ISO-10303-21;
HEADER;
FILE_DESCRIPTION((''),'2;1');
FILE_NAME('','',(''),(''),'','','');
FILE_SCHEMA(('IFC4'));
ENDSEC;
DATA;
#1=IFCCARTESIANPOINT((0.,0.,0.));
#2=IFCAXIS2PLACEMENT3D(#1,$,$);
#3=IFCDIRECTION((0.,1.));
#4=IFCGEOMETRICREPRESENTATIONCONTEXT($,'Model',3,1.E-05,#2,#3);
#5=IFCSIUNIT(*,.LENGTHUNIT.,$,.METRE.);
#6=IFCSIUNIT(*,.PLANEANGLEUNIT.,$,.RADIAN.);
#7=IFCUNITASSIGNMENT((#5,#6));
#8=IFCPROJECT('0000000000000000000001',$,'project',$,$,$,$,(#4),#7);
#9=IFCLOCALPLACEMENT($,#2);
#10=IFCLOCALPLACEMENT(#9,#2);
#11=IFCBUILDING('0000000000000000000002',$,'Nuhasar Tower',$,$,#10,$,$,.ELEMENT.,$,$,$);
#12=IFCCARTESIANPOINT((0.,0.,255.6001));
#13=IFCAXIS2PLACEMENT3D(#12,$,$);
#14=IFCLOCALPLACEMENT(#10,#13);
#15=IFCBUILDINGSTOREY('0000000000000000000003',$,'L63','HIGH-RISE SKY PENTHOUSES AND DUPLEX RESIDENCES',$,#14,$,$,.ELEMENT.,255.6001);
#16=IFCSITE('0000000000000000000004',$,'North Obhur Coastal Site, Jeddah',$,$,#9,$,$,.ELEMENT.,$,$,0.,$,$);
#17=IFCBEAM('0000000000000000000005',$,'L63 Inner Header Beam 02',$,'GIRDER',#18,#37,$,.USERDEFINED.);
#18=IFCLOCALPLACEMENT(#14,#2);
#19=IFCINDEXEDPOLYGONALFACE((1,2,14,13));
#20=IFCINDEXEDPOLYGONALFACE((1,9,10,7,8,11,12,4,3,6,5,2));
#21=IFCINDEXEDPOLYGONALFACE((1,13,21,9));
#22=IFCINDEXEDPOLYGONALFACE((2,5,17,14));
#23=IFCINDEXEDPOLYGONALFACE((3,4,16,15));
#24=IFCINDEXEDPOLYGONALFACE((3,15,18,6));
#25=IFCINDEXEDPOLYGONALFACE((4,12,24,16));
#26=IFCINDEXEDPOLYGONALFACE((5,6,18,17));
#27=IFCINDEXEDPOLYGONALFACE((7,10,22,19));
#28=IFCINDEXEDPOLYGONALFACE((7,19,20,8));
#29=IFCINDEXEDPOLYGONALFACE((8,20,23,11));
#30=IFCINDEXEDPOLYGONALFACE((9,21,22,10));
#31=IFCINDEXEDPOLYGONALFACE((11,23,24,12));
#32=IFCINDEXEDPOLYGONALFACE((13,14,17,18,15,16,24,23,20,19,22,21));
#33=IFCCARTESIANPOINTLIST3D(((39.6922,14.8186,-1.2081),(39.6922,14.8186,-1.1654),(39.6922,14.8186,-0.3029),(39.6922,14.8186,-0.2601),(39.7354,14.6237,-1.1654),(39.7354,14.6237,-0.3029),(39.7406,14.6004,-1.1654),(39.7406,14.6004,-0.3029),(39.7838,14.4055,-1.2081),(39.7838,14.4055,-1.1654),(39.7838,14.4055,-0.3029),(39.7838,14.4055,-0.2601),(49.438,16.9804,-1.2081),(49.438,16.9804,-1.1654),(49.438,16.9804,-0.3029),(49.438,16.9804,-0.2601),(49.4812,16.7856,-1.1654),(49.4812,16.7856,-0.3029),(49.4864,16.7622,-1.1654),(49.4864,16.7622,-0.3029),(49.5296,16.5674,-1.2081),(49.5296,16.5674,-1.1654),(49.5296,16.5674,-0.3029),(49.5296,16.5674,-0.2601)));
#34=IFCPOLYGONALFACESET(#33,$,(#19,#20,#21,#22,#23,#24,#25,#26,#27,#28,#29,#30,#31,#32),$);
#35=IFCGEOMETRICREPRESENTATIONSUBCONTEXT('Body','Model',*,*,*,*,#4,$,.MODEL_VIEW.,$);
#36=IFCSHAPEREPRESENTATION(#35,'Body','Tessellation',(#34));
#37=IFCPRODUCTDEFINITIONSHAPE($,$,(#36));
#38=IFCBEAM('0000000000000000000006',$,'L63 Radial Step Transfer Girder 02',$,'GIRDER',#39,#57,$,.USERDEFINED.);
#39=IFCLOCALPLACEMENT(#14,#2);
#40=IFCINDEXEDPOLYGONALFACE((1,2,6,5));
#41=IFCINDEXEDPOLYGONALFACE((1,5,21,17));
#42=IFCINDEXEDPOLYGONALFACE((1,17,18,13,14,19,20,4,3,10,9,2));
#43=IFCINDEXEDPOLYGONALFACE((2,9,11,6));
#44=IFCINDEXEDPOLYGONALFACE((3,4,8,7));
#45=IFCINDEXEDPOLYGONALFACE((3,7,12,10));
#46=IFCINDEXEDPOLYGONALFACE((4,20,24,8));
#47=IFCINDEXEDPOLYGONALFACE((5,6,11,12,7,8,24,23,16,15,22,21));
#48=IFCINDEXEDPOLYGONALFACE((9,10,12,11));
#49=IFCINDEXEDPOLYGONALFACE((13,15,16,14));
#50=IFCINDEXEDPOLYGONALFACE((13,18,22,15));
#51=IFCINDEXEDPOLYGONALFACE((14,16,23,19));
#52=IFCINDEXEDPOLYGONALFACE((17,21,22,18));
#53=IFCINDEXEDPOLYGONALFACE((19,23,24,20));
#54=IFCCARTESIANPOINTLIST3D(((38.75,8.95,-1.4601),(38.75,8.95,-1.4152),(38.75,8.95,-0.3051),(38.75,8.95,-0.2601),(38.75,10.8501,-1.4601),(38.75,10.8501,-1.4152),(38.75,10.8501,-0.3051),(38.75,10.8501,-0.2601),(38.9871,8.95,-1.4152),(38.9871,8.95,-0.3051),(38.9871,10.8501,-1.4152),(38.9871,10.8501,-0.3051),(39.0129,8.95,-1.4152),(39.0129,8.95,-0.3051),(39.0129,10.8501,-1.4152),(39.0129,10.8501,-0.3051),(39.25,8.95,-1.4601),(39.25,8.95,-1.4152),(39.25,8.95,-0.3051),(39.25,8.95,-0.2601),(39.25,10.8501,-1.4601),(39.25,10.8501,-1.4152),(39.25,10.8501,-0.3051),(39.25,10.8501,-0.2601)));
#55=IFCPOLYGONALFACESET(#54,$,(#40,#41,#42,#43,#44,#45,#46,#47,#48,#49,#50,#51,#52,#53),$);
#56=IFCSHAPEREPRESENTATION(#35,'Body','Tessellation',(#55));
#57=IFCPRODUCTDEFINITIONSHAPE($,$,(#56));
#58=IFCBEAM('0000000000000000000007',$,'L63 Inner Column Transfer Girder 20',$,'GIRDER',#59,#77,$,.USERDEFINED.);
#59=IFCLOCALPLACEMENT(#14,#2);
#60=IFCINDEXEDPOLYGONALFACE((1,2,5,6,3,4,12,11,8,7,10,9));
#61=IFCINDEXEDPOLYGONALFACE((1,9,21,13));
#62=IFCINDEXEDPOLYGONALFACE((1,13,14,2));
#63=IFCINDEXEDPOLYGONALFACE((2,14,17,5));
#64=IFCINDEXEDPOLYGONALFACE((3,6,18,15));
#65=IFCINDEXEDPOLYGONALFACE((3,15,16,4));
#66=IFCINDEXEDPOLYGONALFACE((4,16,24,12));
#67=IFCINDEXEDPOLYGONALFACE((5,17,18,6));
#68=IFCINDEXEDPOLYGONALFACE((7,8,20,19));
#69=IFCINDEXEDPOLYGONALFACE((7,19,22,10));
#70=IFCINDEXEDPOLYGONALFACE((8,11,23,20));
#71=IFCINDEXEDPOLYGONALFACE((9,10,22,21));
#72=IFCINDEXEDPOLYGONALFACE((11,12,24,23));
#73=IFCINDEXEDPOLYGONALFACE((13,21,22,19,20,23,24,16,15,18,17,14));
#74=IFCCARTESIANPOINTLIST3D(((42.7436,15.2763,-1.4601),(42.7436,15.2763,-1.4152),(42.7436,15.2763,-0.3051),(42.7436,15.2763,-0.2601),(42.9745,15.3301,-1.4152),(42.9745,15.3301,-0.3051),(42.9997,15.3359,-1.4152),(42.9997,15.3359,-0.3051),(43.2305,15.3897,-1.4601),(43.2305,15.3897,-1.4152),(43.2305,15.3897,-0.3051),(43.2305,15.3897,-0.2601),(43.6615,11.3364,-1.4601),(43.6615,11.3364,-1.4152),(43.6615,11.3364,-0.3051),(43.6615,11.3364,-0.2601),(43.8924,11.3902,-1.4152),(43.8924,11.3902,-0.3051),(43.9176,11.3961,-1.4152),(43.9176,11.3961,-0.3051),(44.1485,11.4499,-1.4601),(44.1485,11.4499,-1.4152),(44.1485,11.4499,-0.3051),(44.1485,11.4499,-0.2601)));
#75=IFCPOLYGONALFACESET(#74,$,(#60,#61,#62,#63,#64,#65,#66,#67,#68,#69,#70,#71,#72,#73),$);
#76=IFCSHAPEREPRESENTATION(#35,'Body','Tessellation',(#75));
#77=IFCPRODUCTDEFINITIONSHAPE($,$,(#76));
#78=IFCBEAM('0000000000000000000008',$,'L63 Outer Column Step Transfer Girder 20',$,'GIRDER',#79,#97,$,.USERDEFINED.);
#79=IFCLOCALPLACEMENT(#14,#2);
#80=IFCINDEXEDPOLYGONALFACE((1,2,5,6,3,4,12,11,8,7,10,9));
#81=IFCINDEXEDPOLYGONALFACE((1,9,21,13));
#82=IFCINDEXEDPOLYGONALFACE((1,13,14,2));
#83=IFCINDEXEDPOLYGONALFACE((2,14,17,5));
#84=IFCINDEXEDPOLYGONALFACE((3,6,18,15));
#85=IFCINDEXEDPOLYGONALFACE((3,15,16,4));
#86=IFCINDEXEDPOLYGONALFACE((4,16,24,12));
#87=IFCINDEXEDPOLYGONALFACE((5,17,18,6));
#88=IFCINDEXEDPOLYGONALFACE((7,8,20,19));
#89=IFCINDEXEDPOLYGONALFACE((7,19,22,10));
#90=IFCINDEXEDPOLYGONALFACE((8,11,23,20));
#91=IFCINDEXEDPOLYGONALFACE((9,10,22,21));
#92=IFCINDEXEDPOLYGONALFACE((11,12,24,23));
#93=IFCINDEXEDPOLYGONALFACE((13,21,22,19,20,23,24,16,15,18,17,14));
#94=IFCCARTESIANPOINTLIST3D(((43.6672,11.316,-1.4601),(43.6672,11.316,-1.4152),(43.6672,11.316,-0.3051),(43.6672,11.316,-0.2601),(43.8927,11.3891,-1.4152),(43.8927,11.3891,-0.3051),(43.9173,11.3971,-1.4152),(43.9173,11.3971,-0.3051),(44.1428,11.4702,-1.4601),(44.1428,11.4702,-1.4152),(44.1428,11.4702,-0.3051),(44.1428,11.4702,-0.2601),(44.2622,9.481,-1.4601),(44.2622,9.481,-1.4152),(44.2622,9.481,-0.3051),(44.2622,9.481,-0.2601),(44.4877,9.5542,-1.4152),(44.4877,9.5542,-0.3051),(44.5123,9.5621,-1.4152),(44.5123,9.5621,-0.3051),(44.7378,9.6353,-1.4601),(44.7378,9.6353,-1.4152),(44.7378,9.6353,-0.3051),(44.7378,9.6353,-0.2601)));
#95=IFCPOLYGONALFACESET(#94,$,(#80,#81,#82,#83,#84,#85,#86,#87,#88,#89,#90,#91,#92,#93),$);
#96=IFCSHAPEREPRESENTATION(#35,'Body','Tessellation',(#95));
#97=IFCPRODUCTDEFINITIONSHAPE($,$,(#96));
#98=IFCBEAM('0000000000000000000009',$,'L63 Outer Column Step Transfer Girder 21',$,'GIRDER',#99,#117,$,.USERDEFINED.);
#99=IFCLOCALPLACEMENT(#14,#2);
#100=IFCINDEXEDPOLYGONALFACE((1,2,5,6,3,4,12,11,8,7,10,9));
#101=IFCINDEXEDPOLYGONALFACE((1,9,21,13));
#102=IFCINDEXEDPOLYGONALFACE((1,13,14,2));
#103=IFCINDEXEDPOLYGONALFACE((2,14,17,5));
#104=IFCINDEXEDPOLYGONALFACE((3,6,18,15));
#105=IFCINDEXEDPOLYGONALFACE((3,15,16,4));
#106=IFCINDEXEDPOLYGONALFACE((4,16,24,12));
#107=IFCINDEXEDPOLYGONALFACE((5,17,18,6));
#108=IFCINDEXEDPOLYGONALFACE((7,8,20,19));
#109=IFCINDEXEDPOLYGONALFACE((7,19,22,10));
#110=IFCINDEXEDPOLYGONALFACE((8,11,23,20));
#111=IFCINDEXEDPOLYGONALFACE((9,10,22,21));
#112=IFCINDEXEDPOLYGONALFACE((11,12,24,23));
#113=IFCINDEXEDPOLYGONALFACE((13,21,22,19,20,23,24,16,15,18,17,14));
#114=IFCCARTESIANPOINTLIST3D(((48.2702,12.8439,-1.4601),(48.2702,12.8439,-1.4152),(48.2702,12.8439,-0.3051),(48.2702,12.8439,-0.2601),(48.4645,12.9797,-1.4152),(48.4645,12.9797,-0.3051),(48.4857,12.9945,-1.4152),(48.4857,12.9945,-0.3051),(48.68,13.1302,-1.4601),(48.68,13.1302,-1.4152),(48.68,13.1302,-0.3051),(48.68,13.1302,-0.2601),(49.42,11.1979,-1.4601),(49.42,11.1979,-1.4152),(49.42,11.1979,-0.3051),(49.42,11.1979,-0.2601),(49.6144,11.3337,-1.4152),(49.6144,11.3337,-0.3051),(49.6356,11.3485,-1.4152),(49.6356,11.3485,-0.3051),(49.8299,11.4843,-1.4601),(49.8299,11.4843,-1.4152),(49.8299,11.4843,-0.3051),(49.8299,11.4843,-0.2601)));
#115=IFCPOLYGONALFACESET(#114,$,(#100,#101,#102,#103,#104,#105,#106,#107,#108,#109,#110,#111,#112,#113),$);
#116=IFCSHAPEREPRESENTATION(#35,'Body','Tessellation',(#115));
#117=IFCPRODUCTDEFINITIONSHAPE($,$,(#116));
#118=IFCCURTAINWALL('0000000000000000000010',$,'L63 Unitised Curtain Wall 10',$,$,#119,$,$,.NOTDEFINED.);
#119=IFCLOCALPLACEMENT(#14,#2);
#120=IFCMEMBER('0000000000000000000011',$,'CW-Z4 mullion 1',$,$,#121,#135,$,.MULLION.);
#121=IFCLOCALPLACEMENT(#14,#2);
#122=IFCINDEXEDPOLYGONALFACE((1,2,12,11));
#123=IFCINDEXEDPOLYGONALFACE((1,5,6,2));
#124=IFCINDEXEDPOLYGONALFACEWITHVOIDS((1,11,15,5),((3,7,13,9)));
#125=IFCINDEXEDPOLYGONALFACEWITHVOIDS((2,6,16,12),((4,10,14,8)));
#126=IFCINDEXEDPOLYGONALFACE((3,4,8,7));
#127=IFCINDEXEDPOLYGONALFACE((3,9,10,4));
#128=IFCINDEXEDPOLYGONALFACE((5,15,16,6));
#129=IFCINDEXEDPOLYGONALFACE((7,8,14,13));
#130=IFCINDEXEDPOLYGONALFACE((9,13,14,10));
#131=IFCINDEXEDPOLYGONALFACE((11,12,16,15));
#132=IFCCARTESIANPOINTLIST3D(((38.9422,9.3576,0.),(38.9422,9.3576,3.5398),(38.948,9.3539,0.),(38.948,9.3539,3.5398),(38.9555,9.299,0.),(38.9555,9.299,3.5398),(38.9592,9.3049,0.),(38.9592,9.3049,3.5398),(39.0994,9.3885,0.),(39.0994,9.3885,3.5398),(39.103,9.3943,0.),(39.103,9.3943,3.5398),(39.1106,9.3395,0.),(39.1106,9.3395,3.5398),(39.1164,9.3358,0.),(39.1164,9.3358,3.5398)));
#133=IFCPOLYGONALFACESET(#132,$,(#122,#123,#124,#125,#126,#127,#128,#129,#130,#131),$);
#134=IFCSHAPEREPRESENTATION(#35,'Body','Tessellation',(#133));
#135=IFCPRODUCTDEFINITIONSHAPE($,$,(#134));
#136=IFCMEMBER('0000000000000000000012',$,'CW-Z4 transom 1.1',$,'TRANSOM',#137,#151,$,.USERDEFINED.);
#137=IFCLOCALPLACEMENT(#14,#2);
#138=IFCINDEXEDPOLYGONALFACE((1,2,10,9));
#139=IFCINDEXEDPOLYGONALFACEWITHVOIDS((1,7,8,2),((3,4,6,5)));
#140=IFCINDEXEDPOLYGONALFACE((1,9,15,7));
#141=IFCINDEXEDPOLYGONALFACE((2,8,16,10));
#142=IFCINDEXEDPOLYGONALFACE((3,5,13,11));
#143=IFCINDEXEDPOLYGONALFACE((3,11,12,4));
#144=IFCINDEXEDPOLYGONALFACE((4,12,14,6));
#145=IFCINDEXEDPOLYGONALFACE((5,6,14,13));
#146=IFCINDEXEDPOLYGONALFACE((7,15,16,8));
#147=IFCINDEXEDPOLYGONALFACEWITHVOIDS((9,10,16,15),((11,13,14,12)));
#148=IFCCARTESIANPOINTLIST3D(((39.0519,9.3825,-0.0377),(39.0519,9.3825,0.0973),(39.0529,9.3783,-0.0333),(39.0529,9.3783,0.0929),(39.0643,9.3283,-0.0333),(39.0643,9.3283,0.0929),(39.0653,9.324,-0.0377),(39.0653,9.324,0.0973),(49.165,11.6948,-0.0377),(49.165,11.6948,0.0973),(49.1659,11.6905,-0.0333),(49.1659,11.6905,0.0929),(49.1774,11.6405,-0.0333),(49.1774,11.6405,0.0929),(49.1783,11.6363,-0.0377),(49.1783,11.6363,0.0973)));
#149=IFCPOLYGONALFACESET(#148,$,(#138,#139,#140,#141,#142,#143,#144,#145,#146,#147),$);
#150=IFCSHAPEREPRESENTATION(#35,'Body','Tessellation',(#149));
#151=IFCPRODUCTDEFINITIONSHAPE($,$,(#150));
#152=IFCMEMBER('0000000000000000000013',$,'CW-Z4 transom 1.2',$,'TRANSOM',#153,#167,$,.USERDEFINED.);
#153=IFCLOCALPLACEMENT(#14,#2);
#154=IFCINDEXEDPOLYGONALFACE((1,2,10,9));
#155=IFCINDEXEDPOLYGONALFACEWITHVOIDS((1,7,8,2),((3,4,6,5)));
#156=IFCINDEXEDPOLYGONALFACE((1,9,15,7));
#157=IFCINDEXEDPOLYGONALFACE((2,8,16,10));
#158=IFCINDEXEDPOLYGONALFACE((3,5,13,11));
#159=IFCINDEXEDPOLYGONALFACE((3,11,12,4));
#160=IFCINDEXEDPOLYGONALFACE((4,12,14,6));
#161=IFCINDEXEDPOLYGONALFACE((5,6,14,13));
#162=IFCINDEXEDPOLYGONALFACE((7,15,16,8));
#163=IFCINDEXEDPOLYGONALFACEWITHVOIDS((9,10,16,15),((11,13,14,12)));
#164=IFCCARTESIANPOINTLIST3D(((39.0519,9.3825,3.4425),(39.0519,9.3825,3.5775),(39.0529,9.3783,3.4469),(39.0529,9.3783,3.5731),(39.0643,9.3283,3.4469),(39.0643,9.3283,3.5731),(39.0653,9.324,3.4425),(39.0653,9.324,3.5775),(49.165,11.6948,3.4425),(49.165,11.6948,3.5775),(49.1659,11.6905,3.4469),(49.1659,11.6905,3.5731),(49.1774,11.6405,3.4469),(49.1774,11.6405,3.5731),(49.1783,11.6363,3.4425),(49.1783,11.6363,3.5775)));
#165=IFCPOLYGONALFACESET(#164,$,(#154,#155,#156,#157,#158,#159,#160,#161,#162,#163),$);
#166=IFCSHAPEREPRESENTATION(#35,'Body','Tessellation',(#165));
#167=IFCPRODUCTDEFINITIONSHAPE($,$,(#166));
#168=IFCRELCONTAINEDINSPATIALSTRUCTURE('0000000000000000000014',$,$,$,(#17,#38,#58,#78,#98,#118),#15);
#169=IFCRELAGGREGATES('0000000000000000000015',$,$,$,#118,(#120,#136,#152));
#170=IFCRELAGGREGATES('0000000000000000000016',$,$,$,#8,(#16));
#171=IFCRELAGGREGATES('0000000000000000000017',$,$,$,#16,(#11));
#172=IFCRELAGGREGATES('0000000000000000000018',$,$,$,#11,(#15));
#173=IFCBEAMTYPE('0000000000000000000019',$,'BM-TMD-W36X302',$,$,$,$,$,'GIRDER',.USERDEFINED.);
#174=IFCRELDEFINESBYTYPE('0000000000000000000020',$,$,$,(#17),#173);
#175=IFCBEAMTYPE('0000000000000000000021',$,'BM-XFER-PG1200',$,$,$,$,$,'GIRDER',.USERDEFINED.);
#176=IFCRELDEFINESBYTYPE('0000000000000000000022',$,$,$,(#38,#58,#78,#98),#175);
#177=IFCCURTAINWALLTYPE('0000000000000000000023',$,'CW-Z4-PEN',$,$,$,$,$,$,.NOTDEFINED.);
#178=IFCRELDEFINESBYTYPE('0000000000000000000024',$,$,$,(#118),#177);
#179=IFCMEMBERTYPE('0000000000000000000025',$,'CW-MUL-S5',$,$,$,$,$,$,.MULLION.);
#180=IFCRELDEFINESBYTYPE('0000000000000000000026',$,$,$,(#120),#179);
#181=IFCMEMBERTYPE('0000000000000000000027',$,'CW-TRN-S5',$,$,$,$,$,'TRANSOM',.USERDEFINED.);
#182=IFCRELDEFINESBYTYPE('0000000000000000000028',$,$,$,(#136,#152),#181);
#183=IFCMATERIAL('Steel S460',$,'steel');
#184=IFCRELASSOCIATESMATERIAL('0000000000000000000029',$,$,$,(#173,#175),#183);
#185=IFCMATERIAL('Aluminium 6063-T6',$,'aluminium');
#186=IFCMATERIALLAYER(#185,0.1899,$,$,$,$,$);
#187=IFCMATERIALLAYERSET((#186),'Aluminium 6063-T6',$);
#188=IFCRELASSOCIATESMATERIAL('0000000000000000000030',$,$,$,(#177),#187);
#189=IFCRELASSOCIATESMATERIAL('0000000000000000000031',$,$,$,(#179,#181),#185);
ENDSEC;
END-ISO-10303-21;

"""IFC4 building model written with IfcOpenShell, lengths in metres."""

from ifc_helpers import new_model, si_unit, direction, frame, origin, origin_2d, place, context, subcontext, project, spatial, hollow_rectangle, i_section, extrude, material, layer, layer_set, material_profile, profile_set, type_object, element, aggregate, save


model = new_model("IFC4")

# Units and contexts
model_context = context("Model", 3, precision=1e-05, world=origin(), true_north=direction((0.0, 1.0)))
body_context = subcontext(model_context, "Body", "Model", "MODEL_VIEW")
ifc_project = project(units=[si_unit("LENGTHUNIT", "METRE"), si_unit("PLANEANGLEUNIT", "RADIAN")], contexts=[model_context])

# Site, building, storey
site_placement = place(None, origin())
site = spatial("IfcSite", under=ifc_project, at=site_placement, Name="North Obhur Coastal Site, Jeddah", CompositionType="ELEMENT", RefElevation=0.0)
building_placement = place(site_placement, origin())
building = spatial("IfcBuilding", under=site, at=building_placement, Name="Nuhasar Tower", CompositionType="ELEMENT")
storey_placement = place(building_placement, frame((0.0, 0.0, 255.6001)))
storey = spatial("IfcBuildingStorey", under=building, at=storey_placement, Name="L63", Description="HIGH-RISE SKY PENTHOUSES AND DUPLEX RESIDENCES", CompositionType="ELEMENT", Elevation=255.6001)

# Beams
ifc_material_1 = material(Name="Steel S460", Category="steel")
ifc_material_profile_1 = material_profile(ifc_material_1, i_section(OverallWidth=0.4231, OverallDepth=0.948, WebThickness=0.0239, FlangeThickness=0.0427, at=origin_2d()), Name="W36X302")
ifc_profile_set_1 = profile_set([ifc_material_profile_1], Name="Steel S460")
beam_type_1 = type_object("IfcBeamType", Name="BM-TMD-W36X302", ElementType="GIRDER", PredefinedType="USERDEFINED", material=ifc_profile_set_1)
beam_1_placement = place(storey_placement, frame((39.738, 14.6121, -0.7341), z_axis=(0.976269, 0.21656, 0.0), x_axis=(-0.21656, 0.976269, 0.0)))
element("IfcBeam", 1, at=beam_1_placement, inside=storey, type_object=beam_type_1, Name="L63 Inner Header Beam 02", ObjectType="GIRDER", PredefinedType="USERDEFINED", context=body_context, shape_type="SweptSolid", body=[
    extrude(i_section(OverallWidth=0.4231, OverallDepth=0.948, WebThickness=0.0239, FlangeThickness=0.0427, at=origin_2d()), origin(), (0.0, 0.0, 1.0), 9.9827),
])
ifc_material_profile_2 = material_profile(ifc_material_1, i_section(OverallWidth=0.5, OverallDepth=1.2, WebThickness=0.0259, FlangeThickness=0.0449, at=origin_2d()), Name="PG1200X500")
ifc_profile_set_2 = profile_set([ifc_material_profile_2], Name="Steel S460")
beam_type_2 = type_object("IfcBeamType", Name="BM-XFER-PG1200", ElementType="GIRDER", PredefinedType="USERDEFINED", material=ifc_profile_set_2)
beam_2_placement = place(storey_placement, frame((39.0, 10.8501, -0.8601), z_axis=(0.0, -1.0, 0.0), x_axis=(1.0, 0.0, 0.0)))
element("IfcBeam", 2, at=beam_2_placement, inside=storey, type_object=beam_type_2, Name="L63 Radial Step Transfer Girder 02", ObjectType="GIRDER", PredefinedType="USERDEFINED", context=body_context, shape_type="SweptSolid", body=[
    extrude(i_section(OverallWidth=0.5, OverallDepth=1.2, WebThickness=0.0259, FlangeThickness=0.0449, at=origin_2d()), origin(), (0.0, 0.0, 1.0), 1.9001),
])
beam_3_placement = place(storey_placement, frame((42.9871, 15.333, -0.8601), z_axis=(0.226913, -0.973915, 0.0), x_axis=(0.973915, 0.226913, 0.0)))
element("IfcBeam", 3, at=beam_3_placement, inside=storey, type_object=beam_type_2, Name="L63 Inner Column Transfer Girder 20", ObjectType="GIRDER", PredefinedType="USERDEFINED", context=body_context, shape_type="SweptSolid", body=[
    extrude(i_section(OverallWidth=0.5, OverallDepth=1.2, WebThickness=0.0259, FlangeThickness=0.0449, at=origin_2d()), origin(), (0.0, 0.0, 1.0), 4.0454),
])
beam_4_placement = place(storey_placement, frame((43.905, 11.3931, -0.8601), z_axis=(0.308434, -0.951246, 0.0), x_axis=(0.951246, 0.308434, 0.0)))
element("IfcBeam", 4, at=beam_4_placement, inside=storey, type_object=beam_type_2, Name="L63 Outer Column Step Transfer Girder 20", ObjectType="GIRDER", PredefinedType="USERDEFINED", context=body_context, shape_type="SweptSolid", body=[
    extrude(i_section(OverallWidth=0.5, OverallDepth=1.2, WebThickness=0.0259, FlangeThickness=0.0449, at=origin_2d()), origin(), (0.0, 0.0, 1.0), 1.929),
])
beam_5_placement = place(storey_placement, frame((48.4751, 12.9871, -0.8601), z_axis=(0.572695, -0.819769, 0.0), x_axis=(0.819769, 0.572695, 0.0)))
element("IfcBeam", 5, at=beam_5_placement, inside=storey, type_object=beam_type_2, Name="L63 Outer Column Step Transfer Girder 21", ObjectType="GIRDER", PredefinedType="USERDEFINED", context=body_context, shape_type="SweptSolid", body=[
    extrude(i_section(OverallWidth=0.5, OverallDepth=1.2, WebThickness=0.0259, FlangeThickness=0.0449, at=origin_2d()), origin(), (0.0, 0.0, 1.0), 2.0078),
])

# Curtain wall, members
ifc_material_2 = material(Name="Aluminium 6063-T6", Category="aluminium")
ifc_layer_1 = layer(ifc_material_2, 0.1899)
ifc_layer_set_1 = layer_set([ifc_layer_1], Name="Aluminium 6063-T6")
curtain_wall_type = type_object("IfcCurtainWallType", Name="CW-Z4-PEN", PredefinedType="NOTDEFINED", material=ifc_layer_set_1)
curtain_wall_placement = place(storey_placement, origin())
curtain_wall = element("IfcCurtainWall", 6, at=curtain_wall_placement, inside=storey, type_object=curtain_wall_type, Name="L63 Unitised Curtain Wall 10", PredefinedType="NOTDEFINED")
ifc_material_profile_3 = material_profile(ifc_material_2, hollow_rectangle(XDim=0.0601, YDim=0.165, WallThickness=0.0049, at=origin_2d()), Name="CWM-5")
ifc_profile_set_3 = profile_set([ifc_material_profile_3], Name="Aluminium 6063-T6")
member_type_1 = type_object("IfcMemberType", Name="CW-MUL-S5", PredefinedType="MULLION", material=ifc_profile_set_3)
member_1_placement = place(storey_placement, frame((39.0293, 9.3467, 0.0), z_axis=(0.0, 0.0, 1.0), x_axis=(-0.222889, 0.974844, 0.0)))
member_1 = element("IfcMember", 7, at=member_1_placement, type_object=member_type_1, Name="CW-Z4 mullion 1", PredefinedType="MULLION", context=body_context, shape_type="SweptSolid", body=[
    extrude(hollow_rectangle(XDim=0.0601, YDim=0.165, WallThickness=0.0049, at=origin_2d()), origin(), (0.0, 0.0, 1.0), 3.5398),
])
ifc_material_profile_4 = material_profile(ifc_material_2, hollow_rectangle(XDim=0.0601, YDim=0.135, WallThickness=0.0044, at=origin_2d()), Name="CWT-5")
ifc_profile_set_4 = profile_set([ifc_material_profile_4], Name="Aluminium 6063-T6")
member_type_2 = type_object("IfcMemberType", Name="CW-TRN-S5", ElementType="TRANSOM", PredefinedType="USERDEFINED", material=ifc_profile_set_4)
member_2_placement = place(storey_placement, frame((39.0586, 9.3533, 0.0298), z_axis=(0.974844, 0.222889, 0.0), x_axis=(-0.222889, 0.974844, 0.0)))
member_2 = element("IfcMember", 8, at=member_2_placement, type_object=member_type_2, Name="CW-Z4 transom 1.1", ObjectType="TRANSOM", PredefinedType="USERDEFINED", context=body_context, shape_type="SweptSolid", body=[
    extrude(hollow_rectangle(XDim=0.0601, YDim=0.135, WallThickness=0.0044, at=origin_2d()), origin(), (0.0, 0.0, 1.0), 10.374),
])
member_3_placement = place(storey_placement, frame((39.0586, 9.3533, 3.51), z_axis=(0.974844, 0.222889, 0.0), x_axis=(-0.222889, 0.974844, 0.0)))
member_3 = element("IfcMember", 9, at=member_3_placement, type_object=member_type_2, Name="CW-Z4 transom 1.2", ObjectType="TRANSOM", PredefinedType="USERDEFINED", context=body_context, shape_type="SweptSolid", body=[
    extrude(hollow_rectangle(XDim=0.0601, YDim=0.135, WallThickness=0.0044, at=origin_2d()), origin(), (0.0, 0.0, 1.0), 10.374),
])

aggregate(curtain_wall, [member_1, member_2, member_3])

save(model, "model.ifc")
